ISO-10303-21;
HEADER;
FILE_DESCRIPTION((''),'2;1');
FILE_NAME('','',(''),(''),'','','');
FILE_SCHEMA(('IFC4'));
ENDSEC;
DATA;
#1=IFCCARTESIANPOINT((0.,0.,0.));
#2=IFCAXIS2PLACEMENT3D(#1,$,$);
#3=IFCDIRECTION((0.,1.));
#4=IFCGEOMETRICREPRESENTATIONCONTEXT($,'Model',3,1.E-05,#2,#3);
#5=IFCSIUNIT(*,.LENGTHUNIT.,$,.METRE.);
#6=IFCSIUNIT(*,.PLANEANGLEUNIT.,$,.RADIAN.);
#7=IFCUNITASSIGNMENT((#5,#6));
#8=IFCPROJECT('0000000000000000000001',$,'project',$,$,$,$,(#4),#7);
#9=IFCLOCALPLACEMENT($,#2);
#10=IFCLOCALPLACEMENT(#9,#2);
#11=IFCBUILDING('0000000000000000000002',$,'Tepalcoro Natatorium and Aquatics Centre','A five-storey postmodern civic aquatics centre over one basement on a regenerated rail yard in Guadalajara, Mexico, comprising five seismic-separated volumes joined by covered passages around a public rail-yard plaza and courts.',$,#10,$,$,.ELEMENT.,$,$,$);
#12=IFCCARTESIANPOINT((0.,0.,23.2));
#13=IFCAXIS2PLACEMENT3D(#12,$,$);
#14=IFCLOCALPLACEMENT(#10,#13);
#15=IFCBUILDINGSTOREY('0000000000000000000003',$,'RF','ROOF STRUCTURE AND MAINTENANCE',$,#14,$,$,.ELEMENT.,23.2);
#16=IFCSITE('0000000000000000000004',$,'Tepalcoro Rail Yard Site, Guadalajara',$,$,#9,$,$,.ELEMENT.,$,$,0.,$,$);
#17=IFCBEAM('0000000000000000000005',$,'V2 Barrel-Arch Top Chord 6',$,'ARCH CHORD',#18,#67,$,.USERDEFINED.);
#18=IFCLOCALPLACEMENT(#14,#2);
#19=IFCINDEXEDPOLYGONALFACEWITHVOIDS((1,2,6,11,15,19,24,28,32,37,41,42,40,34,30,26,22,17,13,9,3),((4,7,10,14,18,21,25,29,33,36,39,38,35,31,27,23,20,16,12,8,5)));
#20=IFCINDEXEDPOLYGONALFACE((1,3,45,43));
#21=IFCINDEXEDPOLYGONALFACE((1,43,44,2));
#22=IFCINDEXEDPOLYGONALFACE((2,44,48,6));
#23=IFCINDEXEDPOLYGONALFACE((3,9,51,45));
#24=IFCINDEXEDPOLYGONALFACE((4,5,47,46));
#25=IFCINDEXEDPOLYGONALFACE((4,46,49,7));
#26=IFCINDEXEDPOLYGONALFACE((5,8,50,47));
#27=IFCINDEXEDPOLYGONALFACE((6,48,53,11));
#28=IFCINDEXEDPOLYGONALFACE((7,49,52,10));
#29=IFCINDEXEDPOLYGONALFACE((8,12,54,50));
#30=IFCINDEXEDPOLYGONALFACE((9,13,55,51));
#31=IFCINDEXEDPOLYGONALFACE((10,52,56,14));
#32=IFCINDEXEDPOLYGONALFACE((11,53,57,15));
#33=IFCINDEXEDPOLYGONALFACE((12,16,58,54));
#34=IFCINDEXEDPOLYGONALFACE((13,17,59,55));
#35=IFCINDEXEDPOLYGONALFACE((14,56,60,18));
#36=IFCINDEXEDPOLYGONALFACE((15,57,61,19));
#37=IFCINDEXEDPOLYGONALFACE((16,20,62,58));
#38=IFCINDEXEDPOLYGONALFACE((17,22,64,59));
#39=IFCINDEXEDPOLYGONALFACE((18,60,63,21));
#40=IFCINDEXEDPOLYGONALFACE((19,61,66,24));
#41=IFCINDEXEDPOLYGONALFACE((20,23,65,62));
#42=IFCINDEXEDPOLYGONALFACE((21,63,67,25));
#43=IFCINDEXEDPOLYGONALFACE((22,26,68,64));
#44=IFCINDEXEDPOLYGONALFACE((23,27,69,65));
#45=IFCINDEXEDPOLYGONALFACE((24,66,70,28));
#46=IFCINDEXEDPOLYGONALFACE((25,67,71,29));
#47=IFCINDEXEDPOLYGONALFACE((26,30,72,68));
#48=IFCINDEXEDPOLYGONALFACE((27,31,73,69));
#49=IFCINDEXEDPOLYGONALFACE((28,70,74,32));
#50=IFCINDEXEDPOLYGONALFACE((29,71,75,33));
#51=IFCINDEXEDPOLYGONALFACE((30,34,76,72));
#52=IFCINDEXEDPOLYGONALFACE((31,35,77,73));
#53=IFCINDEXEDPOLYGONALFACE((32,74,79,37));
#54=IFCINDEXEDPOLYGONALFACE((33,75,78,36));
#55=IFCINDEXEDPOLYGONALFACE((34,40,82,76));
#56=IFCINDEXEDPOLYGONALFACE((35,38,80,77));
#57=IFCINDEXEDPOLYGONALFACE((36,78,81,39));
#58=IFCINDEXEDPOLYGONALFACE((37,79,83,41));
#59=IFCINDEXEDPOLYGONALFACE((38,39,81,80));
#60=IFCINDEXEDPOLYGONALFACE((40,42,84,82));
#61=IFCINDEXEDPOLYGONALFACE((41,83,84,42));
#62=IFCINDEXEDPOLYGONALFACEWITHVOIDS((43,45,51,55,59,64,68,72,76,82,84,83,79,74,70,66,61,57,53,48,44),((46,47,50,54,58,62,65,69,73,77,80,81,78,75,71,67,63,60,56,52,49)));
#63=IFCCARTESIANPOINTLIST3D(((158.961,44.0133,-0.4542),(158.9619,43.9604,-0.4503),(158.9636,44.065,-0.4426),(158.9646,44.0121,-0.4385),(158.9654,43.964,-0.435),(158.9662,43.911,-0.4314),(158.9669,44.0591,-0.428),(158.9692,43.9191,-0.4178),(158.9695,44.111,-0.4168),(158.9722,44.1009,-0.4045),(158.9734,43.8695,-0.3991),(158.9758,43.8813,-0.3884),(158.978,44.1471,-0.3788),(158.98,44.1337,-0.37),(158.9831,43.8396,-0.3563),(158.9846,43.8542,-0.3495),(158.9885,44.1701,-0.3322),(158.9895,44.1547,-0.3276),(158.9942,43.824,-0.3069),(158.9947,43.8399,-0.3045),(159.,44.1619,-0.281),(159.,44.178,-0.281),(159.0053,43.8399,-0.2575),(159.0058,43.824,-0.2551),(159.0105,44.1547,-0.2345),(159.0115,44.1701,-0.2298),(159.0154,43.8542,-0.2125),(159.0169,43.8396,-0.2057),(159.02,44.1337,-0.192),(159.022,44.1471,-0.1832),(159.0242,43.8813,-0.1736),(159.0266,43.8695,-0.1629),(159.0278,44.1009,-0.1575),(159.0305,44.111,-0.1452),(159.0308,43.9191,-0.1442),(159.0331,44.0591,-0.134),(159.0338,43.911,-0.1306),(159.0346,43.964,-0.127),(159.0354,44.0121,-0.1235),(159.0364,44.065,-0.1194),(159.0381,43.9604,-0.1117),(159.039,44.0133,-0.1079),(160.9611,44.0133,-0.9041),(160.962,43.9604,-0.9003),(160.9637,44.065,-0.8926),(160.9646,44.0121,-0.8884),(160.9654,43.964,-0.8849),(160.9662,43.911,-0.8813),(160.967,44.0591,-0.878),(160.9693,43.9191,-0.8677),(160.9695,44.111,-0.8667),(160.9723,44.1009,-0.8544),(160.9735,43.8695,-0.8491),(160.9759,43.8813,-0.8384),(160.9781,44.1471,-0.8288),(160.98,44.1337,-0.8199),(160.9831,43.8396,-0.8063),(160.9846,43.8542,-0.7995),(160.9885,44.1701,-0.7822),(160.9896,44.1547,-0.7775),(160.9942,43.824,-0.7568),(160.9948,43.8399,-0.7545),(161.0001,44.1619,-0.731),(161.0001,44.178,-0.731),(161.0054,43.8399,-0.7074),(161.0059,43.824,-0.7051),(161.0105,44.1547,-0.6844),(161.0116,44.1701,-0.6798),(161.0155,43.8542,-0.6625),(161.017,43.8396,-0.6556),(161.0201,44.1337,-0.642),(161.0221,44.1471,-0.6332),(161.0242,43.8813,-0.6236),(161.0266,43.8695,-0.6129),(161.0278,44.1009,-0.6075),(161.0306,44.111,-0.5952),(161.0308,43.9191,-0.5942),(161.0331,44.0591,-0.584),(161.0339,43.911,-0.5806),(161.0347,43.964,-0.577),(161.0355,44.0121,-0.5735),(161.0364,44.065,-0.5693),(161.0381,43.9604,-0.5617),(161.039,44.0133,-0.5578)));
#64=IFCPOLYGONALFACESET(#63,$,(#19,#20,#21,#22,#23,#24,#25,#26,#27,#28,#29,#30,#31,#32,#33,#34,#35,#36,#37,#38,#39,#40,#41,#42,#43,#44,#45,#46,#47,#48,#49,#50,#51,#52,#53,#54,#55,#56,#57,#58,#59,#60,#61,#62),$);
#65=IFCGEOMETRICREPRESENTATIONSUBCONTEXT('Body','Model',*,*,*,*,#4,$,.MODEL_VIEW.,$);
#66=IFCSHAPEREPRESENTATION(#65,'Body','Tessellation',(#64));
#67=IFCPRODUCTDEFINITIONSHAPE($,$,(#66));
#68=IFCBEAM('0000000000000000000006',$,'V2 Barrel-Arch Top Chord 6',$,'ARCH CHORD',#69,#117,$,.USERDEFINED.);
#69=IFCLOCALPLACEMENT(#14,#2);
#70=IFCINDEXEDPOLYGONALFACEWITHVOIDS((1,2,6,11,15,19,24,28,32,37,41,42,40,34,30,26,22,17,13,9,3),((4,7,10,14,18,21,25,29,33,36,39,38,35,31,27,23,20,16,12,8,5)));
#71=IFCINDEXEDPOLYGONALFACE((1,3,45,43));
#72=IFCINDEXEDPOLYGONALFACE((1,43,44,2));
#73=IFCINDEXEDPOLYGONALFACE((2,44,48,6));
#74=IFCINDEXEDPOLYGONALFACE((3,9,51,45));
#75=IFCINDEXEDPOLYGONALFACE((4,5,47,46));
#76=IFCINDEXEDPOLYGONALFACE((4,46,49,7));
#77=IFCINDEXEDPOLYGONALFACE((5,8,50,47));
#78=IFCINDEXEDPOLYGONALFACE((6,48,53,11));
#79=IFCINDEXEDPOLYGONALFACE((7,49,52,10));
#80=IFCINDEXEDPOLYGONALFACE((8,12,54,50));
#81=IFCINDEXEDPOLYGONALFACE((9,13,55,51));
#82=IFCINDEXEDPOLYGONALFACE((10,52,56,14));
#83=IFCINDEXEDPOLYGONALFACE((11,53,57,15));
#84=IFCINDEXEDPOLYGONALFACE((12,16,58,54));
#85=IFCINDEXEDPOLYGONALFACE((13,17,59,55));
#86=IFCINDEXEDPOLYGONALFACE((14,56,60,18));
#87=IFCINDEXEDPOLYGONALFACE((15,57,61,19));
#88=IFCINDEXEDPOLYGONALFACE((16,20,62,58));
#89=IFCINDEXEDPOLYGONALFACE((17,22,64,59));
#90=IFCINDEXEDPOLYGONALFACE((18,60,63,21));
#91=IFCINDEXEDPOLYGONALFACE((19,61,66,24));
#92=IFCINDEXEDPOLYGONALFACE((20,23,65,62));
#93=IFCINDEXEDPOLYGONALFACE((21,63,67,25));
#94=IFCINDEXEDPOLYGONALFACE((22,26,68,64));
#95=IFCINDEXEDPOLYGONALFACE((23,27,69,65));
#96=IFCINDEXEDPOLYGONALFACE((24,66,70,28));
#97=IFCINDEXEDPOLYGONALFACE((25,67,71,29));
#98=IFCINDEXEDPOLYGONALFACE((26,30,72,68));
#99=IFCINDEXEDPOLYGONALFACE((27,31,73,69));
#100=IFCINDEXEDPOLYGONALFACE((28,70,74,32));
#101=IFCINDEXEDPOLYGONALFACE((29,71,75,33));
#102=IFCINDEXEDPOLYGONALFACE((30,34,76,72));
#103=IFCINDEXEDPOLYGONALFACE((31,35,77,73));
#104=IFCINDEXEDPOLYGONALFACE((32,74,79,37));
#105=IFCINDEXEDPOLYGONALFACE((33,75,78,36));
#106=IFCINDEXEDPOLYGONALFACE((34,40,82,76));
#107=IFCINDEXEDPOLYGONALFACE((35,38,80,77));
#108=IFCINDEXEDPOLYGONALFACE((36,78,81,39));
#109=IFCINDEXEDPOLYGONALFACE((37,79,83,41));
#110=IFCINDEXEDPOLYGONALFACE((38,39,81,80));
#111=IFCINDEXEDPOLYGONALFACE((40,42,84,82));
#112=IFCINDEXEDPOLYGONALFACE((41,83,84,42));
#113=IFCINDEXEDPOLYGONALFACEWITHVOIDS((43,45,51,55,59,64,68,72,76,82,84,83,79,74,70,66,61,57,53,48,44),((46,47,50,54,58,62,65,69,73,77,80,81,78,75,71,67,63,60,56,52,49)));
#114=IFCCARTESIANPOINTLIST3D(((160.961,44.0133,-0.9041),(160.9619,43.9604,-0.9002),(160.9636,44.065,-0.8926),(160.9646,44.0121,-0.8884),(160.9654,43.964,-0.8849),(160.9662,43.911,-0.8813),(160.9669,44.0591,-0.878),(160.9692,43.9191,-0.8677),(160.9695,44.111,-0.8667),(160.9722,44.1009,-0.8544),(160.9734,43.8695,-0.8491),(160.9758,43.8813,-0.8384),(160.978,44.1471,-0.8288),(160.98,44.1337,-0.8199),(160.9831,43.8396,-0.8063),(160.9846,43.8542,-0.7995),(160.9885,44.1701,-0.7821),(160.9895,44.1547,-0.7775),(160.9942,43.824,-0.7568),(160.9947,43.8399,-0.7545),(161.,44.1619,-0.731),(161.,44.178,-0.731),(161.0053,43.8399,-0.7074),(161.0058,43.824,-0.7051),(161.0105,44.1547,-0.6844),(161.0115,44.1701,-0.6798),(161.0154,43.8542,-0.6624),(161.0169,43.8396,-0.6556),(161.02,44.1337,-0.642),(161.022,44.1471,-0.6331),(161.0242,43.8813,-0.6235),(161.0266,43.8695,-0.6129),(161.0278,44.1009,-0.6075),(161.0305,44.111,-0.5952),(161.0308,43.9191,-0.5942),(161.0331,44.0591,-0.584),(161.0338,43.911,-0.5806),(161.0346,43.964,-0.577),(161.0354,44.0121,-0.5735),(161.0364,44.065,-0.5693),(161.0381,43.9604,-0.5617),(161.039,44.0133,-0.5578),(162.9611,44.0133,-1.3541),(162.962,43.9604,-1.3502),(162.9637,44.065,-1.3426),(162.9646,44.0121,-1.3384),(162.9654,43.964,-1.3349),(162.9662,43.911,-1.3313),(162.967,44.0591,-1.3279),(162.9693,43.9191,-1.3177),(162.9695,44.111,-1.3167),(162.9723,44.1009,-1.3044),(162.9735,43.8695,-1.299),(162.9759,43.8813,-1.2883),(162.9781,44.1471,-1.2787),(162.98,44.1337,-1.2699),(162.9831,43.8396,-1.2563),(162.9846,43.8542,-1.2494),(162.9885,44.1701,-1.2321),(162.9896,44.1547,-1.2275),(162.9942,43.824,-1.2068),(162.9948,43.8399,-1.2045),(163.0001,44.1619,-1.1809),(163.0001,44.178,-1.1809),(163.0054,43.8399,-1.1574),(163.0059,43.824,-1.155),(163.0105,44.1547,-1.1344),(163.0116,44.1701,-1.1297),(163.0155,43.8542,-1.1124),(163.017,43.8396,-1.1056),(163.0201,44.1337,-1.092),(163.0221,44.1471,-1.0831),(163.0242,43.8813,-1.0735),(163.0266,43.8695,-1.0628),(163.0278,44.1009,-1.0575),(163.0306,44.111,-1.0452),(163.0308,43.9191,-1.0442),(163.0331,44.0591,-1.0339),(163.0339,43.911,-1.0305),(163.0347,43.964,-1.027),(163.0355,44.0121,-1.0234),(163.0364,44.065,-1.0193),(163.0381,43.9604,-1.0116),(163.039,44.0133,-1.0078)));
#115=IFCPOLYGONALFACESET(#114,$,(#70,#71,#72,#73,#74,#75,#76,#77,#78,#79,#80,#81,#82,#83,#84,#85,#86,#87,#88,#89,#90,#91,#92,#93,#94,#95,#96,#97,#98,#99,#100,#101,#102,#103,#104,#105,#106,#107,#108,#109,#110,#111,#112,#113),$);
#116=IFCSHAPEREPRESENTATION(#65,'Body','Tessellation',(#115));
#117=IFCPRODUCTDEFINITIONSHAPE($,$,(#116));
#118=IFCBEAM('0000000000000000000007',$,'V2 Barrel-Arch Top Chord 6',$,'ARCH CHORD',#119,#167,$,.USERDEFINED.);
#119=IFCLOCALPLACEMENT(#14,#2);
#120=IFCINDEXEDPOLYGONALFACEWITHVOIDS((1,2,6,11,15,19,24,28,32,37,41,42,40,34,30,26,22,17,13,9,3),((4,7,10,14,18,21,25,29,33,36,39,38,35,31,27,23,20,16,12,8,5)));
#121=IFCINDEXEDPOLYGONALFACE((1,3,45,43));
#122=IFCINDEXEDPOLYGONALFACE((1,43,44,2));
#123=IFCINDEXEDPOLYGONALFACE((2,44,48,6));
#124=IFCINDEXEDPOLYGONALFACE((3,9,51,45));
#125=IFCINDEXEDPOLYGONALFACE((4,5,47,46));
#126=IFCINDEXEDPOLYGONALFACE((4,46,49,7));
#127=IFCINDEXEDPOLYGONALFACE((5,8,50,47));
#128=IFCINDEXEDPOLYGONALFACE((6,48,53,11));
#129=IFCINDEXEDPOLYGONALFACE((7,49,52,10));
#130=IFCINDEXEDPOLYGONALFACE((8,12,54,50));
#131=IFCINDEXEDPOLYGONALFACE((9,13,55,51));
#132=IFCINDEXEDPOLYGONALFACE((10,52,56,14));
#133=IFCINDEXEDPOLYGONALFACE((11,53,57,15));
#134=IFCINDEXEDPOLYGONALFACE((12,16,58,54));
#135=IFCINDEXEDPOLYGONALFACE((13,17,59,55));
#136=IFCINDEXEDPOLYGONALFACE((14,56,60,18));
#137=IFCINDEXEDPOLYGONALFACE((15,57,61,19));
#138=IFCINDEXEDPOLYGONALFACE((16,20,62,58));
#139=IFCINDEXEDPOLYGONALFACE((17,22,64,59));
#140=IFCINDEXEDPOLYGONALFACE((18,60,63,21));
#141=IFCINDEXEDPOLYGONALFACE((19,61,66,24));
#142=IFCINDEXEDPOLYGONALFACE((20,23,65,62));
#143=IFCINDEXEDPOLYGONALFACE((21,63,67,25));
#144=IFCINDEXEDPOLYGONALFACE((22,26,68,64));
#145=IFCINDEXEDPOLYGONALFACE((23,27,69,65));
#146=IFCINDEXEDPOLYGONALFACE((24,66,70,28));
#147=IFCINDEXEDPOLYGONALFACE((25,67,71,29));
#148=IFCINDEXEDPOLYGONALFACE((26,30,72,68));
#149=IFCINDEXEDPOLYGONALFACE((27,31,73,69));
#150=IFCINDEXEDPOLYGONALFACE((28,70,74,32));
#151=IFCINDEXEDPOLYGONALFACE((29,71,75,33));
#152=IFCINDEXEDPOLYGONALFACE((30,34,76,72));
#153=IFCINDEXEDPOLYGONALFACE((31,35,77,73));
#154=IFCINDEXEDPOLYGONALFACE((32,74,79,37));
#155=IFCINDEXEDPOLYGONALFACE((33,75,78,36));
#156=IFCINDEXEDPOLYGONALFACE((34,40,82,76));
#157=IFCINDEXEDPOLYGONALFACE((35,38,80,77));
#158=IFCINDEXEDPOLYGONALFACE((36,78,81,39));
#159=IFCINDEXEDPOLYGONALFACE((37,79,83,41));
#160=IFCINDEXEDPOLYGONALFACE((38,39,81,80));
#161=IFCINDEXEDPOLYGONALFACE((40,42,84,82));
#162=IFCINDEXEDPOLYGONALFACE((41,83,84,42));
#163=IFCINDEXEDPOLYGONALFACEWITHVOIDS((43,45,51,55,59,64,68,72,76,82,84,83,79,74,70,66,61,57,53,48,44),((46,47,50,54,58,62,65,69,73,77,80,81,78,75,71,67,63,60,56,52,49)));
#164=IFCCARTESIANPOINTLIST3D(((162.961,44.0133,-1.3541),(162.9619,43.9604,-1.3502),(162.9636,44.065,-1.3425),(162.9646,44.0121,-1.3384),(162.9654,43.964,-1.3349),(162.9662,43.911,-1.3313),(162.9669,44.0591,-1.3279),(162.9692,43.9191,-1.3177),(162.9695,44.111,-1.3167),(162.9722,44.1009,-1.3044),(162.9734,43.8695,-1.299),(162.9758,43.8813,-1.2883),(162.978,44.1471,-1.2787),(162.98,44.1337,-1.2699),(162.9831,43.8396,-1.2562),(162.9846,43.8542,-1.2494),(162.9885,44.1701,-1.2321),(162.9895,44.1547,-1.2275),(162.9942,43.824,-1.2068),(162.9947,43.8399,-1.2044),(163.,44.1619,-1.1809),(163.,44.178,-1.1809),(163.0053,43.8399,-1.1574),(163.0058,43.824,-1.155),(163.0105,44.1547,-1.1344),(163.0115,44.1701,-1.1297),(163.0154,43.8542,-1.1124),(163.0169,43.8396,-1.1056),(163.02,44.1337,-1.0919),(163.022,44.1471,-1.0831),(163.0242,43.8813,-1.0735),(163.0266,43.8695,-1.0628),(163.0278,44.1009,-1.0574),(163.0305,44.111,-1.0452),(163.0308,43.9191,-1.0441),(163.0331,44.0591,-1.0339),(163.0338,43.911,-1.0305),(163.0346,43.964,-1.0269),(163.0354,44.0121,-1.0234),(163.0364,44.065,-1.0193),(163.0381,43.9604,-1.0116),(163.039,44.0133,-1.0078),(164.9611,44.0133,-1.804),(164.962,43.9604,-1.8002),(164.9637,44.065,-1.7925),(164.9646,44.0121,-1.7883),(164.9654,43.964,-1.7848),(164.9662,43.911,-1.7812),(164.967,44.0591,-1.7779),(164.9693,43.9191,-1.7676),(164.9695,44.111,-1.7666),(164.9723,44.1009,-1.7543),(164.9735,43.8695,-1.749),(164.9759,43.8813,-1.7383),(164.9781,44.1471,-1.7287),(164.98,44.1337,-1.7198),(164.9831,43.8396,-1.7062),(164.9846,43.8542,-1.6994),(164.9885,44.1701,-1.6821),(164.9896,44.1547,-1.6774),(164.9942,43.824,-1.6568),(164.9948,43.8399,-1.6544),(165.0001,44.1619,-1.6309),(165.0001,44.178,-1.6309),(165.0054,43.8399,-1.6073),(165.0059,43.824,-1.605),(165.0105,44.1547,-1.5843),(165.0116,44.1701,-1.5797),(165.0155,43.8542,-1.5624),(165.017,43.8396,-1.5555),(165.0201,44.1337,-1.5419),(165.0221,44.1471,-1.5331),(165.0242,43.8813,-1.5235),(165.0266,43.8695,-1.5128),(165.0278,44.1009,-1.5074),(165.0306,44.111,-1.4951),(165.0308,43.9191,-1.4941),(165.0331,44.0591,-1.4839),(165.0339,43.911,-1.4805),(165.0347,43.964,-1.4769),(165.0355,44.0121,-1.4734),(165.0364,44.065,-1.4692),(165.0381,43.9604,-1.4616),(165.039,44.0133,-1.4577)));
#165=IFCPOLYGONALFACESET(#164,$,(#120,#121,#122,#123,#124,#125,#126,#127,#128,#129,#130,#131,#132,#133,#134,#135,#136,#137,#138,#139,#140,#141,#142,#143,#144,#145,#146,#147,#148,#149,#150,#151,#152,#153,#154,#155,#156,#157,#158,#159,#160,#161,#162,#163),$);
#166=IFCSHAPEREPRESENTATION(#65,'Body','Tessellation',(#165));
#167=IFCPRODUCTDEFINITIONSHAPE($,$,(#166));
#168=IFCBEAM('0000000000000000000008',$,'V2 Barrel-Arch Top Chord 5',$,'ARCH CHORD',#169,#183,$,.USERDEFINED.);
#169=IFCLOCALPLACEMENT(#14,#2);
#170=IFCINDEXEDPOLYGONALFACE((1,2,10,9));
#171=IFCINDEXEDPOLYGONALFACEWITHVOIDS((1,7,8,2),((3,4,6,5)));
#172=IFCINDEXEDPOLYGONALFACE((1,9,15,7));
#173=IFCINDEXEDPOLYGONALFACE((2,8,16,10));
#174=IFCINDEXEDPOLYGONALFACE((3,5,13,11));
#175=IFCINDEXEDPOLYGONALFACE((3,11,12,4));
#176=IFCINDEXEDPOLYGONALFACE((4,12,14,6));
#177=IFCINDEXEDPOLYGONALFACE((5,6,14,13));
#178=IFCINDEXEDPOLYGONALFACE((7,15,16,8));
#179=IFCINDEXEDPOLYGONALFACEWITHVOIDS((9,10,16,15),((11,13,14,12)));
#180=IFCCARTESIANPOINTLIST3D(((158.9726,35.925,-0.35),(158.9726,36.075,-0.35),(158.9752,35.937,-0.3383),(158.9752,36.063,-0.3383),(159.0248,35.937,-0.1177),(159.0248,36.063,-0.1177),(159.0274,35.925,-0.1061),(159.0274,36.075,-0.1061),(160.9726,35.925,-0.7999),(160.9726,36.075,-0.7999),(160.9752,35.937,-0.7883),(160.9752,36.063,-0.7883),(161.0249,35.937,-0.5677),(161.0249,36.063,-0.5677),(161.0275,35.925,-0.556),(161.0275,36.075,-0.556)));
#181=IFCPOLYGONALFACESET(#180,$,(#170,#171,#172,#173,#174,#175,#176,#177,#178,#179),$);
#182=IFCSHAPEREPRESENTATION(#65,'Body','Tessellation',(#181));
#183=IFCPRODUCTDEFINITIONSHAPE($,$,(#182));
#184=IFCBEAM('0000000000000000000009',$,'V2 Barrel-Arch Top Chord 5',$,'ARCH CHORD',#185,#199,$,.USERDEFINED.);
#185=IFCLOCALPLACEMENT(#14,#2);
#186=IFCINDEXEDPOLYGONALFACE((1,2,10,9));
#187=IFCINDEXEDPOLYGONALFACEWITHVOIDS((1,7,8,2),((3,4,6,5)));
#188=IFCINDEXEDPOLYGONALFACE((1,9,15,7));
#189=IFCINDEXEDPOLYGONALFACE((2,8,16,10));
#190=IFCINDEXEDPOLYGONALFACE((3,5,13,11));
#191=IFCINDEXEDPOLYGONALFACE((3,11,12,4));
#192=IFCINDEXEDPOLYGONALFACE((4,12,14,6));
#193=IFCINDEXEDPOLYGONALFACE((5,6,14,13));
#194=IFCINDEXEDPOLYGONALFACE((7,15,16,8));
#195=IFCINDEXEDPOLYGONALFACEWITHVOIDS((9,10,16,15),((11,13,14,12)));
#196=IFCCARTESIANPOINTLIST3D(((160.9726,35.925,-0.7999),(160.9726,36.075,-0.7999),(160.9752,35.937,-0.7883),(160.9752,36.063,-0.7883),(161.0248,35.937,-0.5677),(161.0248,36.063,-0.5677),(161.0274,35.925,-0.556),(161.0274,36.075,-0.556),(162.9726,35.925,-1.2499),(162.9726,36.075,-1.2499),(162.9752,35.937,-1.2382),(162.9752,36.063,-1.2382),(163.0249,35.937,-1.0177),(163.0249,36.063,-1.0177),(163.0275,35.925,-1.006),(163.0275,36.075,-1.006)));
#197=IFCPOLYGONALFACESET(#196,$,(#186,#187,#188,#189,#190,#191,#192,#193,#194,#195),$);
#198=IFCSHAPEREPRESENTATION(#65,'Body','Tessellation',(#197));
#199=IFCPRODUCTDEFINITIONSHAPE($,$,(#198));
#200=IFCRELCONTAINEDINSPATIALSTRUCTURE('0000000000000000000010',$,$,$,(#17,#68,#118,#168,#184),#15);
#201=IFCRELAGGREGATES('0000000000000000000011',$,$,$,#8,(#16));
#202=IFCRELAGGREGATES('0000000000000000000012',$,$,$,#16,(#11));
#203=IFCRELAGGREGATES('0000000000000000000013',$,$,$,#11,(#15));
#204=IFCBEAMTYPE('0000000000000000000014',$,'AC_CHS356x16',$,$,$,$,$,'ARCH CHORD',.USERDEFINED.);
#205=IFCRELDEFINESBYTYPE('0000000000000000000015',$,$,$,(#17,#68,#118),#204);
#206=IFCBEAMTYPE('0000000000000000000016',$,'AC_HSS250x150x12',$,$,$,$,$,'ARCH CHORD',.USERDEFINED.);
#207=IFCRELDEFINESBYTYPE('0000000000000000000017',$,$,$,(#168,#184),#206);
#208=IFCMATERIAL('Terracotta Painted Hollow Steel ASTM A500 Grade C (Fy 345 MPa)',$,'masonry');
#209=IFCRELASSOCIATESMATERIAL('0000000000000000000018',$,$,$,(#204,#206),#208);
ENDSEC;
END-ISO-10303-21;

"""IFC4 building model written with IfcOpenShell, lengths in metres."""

from ifc_helpers import new_model, si_unit, direction, frame, origin, origin_2d, place, context, subcontext, project, spatial, hollow_rectangle, hollow_circle, extrude, material, material_profile, profile_set, type_object, element, save


model = new_model("IFC4")

# Units and contexts
model_context = context("Model", 3, precision=1e-05, world=origin(), true_north=direction((0.0, 1.0)))
body_context = subcontext(model_context, "Body", "Model", "MODEL_VIEW")
ifc_project = project(units=[si_unit("LENGTHUNIT", "METRE"), si_unit("PLANEANGLEUNIT", "RADIAN")], contexts=[model_context])

# Site, building, storey
site_placement = place(None, origin())
site = spatial("IfcSite", under=ifc_project, at=site_placement, Name="Tepalcoro Rail Yard Site, Guadalajara", CompositionType="ELEMENT", RefElevation=0.0)
building_placement = place(site_placement, origin())
building = spatial("IfcBuilding", under=site, at=building_placement, Name="Tepalcoro Natatorium and Aquatics Centre", Description="A five-storey postmodern civic aquatics centre over one basement on a regenerated rail yard in Guadalajara, Mexico, comprising five seismic-separated volumes joined by covered passages around a public rail-yard plaza and courts.", CompositionType="ELEMENT")
storey_placement = place(building_placement, frame((0.0, 0.0, 23.2)))
storey = spatial("IfcBuildingStorey", under=building, at=storey_placement, Name="RF", Description="ROOF STRUCTURE AND MAINTENANCE", CompositionType="ELEMENT", Elevation=23.2)

# Beams
ifc_material_1 = material(Name="Terracotta Painted Hollow Steel ASTM A500 Grade C (Fy 345 MPa)", Category="masonry")
ifc_material_profile_1 = material_profile(ifc_material_1, hollow_circle(Radius=0.178, WallThickness=0.0161, at=origin_2d()), Name="CHS356X16")
ifc_profile_set_1 = profile_set([ifc_material_profile_1], Name="Terracotta Painted Hollow Steel ASTM A500 Grade C (Fy 345 MPa)")
beam_type_1 = type_object("IfcBeamType", Name="AC_CHS356x16", ElementType="ARCH CHORD", PredefinedType="USERDEFINED", material=ifc_profile_set_1)
for number, where, z_axis, x_axis, name in (
    (1, (159.0, 44.0, -0.281), (0.975615, 0.0, -0.21949), (0.0, 1.0, 0.0), "V2 Barrel-Arch Top Chord 6"),
    (2, (161.0, 44.0, -0.731), (0.975615, 0.0, -0.21949), (0.0, 1.0, 0.0), "V2 Barrel-Arch Top Chord 6"),
    (3, (163.0, 44.0, -1.1809), (0.975615, 0.0, -0.21949), (0.0, 1.0, 0.0), "V2 Barrel-Arch Top Chord 6"),
):
    element("IfcBeam", number, at=place(storey_placement, frame(where, z_axis=z_axis, x_axis=x_axis)), inside=storey, type_object=beam_type_1, Name=name, ObjectType="ARCH CHORD", PredefinedType="USERDEFINED", context=body_context, shape_type="SweptSolid", body=[
        extrude(hollow_circle(Radius=0.178, WallThickness=0.0161, at=origin_2d()), origin(), (0.0, 0.0, 1.0), 2.05),
    ])
ifc_material_profile_2 = material_profile(ifc_material_1, hollow_rectangle(XDim=0.1499, YDim=0.25, WallThickness=0.012, at=origin_2d()), Name="HSS250X150X12")
ifc_profile_set_2 = profile_set([ifc_material_profile_2], Name="Terracotta Painted Hollow Steel ASTM A500 Grade C (Fy 345 MPa)")
beam_type_2 = type_object("IfcBeamType", Name="AC_HSS250x150x12", ElementType="ARCH CHORD", PredefinedType="USERDEFINED", material=ifc_profile_set_2)
for number, where, z_axis, x_axis, name in (
    (4, (159.0, 36.0, -0.228), (0.975615, 0.0, -0.21949), (0.0, 1.0, 0.0), "V2 Barrel-Arch Top Chord 5"),
    (5, (161.0, 36.0, -0.678), (0.975615, 0.0, -0.21949), (0.0, 1.0, 0.0), "V2 Barrel-Arch Top Chord 5"),
):
    element("IfcBeam", number, at=place(storey_placement, frame(where, z_axis=z_axis, x_axis=x_axis)), inside=storey, type_object=beam_type_2, Name=name, ObjectType="ARCH CHORD", PredefinedType="USERDEFINED", context=body_context, shape_type="SweptSolid", body=[
        extrude(hollow_rectangle(XDim=0.1499, YDim=0.25, WallThickness=0.012, at=origin_2d()), origin(), (0.0, 0.0, 1.0), 2.05),
    ])

save(model, "model.ifc")
